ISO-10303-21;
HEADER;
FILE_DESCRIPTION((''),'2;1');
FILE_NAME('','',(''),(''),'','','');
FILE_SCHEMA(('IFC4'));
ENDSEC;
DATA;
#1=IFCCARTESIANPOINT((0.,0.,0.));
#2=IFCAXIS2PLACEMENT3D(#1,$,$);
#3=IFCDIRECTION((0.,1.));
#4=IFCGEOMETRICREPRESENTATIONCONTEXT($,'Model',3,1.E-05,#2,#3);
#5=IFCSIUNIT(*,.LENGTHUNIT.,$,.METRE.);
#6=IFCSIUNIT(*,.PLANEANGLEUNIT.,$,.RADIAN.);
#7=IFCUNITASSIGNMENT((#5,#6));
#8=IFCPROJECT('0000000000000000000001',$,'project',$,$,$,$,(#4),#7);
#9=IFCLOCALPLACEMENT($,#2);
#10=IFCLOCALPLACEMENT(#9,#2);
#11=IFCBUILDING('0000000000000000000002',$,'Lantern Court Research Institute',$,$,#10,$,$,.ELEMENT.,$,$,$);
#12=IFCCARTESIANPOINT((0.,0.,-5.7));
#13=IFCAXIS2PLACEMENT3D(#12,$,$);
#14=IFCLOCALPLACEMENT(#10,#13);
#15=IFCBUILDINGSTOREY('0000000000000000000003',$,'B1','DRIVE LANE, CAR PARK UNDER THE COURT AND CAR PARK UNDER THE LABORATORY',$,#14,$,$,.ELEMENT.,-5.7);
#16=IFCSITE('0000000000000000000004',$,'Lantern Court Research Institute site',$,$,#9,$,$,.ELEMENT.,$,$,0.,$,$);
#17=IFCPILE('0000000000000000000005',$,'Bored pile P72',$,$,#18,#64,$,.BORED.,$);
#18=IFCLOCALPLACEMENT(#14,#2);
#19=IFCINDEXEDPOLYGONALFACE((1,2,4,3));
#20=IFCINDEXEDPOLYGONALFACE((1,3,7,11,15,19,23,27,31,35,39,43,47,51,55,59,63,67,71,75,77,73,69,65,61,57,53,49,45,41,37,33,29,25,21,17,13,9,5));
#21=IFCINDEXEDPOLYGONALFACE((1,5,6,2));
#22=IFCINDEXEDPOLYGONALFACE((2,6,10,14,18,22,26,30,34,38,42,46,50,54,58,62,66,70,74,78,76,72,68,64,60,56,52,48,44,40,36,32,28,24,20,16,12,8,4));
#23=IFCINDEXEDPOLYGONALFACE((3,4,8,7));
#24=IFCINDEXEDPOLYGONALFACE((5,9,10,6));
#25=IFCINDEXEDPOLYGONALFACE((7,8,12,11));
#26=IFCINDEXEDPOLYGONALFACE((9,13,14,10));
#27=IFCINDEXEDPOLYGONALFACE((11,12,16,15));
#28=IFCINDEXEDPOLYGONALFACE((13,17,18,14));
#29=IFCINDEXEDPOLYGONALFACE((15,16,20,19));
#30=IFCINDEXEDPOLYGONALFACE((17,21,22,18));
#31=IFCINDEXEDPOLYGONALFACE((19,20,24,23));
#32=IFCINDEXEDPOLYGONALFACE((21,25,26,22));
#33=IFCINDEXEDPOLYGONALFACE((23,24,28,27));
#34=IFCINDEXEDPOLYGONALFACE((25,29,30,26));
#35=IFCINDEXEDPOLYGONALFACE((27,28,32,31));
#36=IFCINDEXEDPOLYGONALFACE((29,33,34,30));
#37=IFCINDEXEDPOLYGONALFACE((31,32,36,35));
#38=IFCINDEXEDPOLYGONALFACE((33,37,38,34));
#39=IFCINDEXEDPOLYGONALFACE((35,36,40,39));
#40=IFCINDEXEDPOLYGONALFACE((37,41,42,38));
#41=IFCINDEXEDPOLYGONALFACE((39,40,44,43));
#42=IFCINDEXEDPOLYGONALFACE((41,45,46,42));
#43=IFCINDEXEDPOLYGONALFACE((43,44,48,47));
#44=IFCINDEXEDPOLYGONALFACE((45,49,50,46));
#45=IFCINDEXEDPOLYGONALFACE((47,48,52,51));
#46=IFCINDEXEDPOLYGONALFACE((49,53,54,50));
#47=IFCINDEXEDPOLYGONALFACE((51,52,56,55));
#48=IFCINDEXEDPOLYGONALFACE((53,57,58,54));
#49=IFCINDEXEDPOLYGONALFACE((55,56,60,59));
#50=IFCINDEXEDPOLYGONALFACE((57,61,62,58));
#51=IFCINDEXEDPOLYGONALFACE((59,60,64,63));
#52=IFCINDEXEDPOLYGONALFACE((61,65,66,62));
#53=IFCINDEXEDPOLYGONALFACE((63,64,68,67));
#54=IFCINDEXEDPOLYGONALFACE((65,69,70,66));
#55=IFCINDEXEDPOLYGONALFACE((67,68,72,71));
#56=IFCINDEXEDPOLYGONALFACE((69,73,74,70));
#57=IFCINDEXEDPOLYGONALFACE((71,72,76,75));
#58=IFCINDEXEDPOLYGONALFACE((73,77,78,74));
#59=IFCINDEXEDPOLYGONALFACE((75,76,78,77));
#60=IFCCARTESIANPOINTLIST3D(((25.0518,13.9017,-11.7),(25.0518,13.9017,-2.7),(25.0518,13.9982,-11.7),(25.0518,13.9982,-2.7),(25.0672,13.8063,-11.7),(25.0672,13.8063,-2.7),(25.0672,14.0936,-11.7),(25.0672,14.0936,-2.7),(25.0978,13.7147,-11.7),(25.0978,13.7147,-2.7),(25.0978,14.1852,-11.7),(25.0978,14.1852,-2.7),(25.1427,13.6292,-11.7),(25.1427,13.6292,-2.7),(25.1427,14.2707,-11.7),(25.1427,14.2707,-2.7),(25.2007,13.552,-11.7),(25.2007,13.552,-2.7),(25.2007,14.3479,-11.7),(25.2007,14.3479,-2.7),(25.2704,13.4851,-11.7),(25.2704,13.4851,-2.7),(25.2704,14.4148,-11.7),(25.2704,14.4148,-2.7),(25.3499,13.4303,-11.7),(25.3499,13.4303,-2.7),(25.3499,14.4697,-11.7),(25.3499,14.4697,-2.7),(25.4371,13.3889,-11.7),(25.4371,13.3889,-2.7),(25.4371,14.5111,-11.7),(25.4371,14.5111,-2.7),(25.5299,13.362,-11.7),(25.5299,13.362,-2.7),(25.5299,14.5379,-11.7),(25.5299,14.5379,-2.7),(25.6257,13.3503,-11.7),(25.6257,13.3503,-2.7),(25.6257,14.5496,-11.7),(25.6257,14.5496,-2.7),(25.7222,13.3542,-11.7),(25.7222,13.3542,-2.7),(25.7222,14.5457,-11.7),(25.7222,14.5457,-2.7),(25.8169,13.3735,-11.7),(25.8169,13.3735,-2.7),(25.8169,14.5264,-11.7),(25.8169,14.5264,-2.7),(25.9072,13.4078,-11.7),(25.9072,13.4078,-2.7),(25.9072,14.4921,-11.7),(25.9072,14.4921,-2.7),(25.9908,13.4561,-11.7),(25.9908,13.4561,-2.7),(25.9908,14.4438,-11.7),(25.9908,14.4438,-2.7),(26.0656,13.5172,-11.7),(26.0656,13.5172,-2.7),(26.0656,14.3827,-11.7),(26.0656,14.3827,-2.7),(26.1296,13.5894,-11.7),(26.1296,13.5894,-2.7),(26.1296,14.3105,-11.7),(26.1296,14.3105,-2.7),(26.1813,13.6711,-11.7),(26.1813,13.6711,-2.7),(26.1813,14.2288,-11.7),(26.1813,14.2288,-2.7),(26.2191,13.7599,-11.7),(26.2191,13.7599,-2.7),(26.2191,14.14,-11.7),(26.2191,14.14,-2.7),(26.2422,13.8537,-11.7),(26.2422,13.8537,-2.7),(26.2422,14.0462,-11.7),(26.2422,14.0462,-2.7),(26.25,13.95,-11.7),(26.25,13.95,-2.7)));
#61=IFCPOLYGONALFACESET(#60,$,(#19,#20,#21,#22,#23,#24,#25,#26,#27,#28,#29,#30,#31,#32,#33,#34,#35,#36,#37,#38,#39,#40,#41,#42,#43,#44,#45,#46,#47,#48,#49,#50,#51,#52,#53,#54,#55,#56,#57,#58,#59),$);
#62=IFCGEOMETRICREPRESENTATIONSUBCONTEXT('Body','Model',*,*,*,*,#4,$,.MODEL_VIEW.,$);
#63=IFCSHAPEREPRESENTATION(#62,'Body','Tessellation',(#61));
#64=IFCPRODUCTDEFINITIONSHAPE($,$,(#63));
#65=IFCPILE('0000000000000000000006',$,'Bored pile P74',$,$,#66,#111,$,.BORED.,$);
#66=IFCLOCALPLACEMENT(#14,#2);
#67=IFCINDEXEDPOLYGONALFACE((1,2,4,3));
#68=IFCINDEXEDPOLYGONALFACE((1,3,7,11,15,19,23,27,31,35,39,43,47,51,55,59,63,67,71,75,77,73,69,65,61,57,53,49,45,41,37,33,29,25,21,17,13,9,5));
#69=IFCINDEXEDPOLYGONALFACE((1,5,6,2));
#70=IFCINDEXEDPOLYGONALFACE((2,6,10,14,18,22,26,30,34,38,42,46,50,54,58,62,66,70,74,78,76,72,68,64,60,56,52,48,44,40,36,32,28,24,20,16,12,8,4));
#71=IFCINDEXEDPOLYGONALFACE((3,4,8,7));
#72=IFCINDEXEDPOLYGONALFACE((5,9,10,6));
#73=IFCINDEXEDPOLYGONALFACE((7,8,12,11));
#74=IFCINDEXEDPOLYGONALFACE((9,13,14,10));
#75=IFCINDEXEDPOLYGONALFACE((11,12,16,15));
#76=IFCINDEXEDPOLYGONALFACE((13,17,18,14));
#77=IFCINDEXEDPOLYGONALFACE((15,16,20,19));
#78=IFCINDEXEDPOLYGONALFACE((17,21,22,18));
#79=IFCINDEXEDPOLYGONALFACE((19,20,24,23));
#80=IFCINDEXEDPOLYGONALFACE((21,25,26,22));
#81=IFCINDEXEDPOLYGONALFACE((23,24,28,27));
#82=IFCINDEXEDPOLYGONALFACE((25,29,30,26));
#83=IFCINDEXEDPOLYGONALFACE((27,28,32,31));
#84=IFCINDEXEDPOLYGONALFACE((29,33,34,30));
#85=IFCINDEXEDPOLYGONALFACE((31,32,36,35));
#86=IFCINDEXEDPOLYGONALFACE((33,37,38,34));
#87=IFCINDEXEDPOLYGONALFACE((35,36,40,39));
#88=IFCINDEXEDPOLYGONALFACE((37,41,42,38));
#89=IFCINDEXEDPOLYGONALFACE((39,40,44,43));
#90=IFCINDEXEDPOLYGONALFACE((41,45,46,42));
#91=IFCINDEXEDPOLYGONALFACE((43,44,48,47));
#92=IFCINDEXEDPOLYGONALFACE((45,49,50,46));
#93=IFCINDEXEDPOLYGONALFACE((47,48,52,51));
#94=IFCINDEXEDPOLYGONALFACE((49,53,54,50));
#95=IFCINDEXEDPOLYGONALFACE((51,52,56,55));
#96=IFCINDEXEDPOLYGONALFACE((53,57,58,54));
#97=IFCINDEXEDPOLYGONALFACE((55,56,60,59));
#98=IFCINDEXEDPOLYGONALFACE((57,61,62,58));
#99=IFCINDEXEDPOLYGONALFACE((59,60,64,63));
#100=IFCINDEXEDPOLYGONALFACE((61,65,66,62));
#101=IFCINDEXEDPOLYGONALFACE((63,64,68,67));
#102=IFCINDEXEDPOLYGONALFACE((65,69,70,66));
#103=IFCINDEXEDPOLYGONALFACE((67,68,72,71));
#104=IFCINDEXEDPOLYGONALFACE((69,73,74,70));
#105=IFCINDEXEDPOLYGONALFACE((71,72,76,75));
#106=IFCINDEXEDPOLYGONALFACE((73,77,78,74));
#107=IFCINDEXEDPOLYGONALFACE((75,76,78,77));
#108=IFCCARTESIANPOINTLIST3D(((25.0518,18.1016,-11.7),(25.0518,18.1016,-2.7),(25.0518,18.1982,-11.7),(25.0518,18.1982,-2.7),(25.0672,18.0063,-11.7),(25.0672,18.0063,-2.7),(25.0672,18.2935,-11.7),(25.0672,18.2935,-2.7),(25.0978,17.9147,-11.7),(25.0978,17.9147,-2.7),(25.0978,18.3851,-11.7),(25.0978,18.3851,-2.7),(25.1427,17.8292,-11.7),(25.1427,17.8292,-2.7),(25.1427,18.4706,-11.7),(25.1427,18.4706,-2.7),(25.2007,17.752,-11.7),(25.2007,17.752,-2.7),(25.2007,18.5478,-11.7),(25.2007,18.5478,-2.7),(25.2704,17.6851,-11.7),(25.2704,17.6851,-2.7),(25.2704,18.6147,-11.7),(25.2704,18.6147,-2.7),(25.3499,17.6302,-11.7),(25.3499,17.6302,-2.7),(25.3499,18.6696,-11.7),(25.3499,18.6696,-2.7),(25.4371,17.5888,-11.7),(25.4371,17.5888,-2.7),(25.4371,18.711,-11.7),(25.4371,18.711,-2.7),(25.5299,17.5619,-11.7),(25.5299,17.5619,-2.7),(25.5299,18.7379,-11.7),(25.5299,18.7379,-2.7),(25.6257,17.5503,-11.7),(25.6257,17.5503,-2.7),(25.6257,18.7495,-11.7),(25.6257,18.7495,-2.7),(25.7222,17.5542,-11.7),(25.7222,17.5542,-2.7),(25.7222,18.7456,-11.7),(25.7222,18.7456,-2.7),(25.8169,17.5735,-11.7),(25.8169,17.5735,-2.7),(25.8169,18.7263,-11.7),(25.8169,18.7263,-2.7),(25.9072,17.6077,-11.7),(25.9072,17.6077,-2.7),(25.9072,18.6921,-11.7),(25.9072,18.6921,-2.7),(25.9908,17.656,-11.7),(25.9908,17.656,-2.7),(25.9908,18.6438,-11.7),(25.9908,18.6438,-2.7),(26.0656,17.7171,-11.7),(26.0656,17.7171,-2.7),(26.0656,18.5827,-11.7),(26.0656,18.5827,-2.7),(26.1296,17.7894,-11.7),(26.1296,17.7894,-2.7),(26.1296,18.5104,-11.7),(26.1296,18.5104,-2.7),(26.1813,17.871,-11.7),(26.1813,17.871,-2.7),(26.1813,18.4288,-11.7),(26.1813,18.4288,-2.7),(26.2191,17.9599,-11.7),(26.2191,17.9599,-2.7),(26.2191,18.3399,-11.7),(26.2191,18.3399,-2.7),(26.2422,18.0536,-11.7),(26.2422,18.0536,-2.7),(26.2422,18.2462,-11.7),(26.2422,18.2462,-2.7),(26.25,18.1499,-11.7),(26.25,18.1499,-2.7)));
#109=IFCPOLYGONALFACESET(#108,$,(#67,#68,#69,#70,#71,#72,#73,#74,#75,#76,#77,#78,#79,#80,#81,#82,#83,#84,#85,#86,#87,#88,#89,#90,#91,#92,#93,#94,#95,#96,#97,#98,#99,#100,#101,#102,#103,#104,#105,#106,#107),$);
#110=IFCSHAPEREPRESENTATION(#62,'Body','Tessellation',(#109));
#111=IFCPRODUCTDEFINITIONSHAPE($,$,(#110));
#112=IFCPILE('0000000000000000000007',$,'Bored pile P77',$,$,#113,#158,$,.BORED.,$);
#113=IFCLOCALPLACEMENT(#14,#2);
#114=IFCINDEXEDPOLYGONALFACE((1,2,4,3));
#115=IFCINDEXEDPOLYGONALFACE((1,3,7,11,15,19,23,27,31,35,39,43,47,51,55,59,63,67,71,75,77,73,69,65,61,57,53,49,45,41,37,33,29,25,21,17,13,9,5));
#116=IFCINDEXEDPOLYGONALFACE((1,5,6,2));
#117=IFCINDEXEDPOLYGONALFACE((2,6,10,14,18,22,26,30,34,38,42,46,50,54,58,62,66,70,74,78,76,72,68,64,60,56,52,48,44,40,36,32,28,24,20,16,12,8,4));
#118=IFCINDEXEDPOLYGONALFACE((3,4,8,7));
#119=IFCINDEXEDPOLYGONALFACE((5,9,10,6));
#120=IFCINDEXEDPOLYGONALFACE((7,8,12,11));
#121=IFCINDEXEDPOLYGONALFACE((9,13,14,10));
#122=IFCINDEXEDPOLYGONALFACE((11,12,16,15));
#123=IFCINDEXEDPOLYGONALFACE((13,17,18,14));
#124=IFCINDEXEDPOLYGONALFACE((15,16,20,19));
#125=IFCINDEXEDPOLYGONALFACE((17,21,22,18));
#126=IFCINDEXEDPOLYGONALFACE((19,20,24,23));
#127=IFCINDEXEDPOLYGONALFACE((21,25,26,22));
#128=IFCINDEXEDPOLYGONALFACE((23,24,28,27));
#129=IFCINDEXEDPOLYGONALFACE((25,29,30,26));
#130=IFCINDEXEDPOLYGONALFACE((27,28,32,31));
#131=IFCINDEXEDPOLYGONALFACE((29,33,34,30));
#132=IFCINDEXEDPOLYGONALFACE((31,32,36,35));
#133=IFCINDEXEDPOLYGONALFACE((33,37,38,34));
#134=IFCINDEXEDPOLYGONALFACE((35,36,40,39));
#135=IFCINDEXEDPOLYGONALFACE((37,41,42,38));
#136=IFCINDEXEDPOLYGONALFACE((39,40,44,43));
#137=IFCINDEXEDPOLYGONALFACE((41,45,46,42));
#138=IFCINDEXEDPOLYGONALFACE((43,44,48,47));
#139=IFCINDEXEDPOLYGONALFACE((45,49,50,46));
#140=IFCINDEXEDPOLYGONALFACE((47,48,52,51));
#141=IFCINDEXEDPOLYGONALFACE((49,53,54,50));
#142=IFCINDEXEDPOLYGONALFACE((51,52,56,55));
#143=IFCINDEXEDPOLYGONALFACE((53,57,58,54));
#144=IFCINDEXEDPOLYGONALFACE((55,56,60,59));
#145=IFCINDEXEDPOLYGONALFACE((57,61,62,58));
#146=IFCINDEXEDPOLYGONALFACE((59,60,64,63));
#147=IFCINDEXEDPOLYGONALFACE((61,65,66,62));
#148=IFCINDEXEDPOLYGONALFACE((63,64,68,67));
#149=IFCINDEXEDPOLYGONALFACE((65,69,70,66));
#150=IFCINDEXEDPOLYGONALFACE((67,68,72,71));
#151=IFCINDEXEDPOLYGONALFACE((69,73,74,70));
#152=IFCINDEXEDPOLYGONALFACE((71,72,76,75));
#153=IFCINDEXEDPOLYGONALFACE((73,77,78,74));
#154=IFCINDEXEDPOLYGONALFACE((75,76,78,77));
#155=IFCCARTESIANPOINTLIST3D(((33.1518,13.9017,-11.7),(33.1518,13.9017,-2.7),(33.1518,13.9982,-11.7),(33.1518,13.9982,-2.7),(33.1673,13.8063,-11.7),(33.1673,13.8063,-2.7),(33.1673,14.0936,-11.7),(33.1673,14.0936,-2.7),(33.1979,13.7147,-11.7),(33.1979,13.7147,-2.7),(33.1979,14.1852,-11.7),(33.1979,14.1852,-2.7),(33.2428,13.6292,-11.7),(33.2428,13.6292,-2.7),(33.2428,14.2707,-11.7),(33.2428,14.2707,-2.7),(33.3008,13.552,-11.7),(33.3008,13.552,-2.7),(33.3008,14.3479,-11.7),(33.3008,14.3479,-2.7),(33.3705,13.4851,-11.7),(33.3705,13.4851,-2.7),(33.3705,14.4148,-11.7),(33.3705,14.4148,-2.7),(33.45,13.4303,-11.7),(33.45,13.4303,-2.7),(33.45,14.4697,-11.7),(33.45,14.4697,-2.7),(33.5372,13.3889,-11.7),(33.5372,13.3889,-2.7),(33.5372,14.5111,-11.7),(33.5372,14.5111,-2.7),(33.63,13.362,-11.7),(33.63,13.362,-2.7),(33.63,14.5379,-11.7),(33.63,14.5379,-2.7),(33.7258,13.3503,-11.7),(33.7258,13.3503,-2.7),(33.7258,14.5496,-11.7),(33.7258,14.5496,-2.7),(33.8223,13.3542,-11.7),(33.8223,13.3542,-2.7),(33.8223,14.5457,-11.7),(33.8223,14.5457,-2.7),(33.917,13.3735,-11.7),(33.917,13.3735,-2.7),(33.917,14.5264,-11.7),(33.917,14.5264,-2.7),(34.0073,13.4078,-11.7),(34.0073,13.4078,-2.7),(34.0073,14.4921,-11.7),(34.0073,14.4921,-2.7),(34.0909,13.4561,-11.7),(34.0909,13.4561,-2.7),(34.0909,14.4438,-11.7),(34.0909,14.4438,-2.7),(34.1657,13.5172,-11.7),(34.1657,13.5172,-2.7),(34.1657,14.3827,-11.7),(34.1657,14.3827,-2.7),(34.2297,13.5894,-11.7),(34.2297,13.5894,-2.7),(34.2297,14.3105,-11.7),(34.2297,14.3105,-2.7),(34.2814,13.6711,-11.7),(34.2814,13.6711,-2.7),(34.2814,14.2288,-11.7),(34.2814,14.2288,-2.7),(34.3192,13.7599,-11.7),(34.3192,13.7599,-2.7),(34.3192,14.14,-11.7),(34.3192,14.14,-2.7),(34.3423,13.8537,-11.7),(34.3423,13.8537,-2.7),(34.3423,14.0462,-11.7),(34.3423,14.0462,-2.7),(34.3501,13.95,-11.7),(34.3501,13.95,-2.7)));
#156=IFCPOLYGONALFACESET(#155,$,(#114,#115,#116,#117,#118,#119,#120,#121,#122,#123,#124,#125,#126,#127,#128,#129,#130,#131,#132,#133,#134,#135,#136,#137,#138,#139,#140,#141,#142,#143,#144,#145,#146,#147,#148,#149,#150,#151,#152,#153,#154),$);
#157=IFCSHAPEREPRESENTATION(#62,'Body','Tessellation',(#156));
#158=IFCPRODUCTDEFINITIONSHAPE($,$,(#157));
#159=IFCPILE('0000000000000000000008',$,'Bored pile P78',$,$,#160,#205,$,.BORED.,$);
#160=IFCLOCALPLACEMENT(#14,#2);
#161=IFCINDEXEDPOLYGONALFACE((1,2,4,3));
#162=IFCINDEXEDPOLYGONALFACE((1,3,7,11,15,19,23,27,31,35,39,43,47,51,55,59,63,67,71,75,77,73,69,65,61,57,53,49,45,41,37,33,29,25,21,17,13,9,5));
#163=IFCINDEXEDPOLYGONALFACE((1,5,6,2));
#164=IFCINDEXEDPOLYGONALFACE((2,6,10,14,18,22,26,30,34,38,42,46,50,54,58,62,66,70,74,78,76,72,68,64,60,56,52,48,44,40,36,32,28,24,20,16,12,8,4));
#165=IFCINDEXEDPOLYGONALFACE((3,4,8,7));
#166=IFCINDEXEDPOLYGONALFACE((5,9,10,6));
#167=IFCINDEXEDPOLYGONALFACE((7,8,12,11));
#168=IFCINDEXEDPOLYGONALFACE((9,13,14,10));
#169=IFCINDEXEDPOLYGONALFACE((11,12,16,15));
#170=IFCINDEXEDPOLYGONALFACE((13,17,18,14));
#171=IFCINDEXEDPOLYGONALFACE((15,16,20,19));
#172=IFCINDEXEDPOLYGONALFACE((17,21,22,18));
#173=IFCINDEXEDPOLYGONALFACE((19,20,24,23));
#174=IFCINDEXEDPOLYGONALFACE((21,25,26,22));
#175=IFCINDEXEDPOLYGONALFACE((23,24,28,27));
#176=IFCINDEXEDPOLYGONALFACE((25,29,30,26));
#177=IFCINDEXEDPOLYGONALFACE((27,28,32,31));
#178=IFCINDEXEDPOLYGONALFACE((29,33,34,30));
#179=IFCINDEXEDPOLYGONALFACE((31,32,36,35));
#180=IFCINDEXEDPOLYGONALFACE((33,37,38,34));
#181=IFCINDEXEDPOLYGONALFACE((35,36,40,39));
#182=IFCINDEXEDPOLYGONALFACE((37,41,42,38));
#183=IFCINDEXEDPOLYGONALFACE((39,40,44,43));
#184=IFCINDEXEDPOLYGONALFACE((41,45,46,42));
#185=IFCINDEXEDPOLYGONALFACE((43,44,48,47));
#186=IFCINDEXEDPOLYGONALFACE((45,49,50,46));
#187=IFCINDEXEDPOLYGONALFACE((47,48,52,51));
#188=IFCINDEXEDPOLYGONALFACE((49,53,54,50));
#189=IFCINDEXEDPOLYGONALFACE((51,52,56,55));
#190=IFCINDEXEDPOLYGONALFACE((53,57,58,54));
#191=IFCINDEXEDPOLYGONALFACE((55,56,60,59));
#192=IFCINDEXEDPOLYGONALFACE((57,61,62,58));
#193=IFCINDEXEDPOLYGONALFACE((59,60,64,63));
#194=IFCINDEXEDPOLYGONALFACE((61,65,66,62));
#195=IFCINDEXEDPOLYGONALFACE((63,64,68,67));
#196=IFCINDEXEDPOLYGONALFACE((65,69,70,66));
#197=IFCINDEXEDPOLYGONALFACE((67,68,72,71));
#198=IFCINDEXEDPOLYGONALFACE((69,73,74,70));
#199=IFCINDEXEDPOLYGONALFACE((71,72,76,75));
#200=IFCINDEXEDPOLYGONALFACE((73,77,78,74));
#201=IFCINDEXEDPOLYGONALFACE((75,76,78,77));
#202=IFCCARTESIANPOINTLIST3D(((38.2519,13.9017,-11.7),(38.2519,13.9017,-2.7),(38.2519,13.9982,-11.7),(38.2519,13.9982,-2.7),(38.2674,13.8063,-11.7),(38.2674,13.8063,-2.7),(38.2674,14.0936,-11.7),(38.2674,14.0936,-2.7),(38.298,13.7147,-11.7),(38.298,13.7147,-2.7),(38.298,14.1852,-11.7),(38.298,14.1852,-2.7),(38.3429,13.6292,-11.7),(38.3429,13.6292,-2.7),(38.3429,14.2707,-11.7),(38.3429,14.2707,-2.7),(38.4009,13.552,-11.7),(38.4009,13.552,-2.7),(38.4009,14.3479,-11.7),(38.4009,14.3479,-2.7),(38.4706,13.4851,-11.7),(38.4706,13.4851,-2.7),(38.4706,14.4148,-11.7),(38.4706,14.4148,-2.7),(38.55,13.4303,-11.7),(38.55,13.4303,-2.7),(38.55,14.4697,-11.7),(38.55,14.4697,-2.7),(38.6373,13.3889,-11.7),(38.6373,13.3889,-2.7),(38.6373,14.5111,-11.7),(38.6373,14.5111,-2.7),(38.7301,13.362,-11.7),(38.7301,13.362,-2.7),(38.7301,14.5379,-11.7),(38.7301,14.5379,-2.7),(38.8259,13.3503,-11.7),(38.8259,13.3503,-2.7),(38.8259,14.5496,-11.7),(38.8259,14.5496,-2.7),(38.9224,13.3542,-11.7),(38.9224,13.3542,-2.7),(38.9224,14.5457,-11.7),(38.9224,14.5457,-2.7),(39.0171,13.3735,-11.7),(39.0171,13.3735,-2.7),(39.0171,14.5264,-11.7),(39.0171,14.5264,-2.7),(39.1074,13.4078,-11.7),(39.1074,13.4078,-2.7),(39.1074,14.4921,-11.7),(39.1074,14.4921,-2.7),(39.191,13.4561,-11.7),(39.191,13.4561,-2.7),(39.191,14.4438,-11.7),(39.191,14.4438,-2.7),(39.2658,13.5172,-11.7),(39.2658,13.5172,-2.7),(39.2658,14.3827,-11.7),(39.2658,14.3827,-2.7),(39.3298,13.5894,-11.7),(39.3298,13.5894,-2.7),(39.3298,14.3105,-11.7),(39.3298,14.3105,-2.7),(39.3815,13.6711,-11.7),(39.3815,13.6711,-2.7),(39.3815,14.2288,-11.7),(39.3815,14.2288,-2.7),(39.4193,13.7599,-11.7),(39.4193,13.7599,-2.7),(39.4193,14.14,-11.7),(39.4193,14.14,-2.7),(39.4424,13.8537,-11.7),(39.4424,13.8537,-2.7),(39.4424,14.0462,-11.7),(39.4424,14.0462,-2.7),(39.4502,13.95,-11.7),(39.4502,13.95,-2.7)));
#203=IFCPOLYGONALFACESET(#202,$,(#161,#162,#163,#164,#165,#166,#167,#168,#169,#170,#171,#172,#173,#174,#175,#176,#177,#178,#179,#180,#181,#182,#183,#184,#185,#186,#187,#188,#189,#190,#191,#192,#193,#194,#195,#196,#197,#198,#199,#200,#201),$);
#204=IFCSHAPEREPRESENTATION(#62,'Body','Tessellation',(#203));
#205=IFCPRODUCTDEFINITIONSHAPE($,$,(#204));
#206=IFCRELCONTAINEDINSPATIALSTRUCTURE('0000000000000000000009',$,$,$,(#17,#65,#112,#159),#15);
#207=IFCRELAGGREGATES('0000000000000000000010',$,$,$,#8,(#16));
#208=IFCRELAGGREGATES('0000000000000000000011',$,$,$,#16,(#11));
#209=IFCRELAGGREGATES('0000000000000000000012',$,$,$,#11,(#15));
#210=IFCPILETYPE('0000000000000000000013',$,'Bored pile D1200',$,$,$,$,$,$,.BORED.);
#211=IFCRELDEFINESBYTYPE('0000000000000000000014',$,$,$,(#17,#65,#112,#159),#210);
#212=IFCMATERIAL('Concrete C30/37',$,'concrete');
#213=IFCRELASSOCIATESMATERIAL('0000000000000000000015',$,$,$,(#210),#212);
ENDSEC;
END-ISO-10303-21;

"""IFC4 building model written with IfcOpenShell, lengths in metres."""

from ifc_helpers import new_model, si_unit, direction, frame, origin, origin_2d, place, context, subcontext, project, spatial, circle, extrude, material, material_profile, profile_set, type_object, element, save


model = new_model("IFC4")

# Units and contexts
model_context = context("Model", 3, precision=1e-05, world=origin(), true_north=direction((0.0, 1.0)))
body_context = subcontext(model_context, "Body", "Model", "MODEL_VIEW")
ifc_project = project(units=[si_unit("LENGTHUNIT", "METRE"), si_unit("PLANEANGLEUNIT", "RADIAN")], contexts=[model_context])

# Site, building, storey
site_placement = place(None, origin())
site = spatial("IfcSite", under=ifc_project, at=site_placement, Name="Lantern Court Research Institute site", CompositionType="ELEMENT", RefElevation=0.0)
building_placement = place(site_placement, origin())
building = spatial("IfcBuilding", under=site, at=building_placement, Name="Lantern Court Research Institute", CompositionType="ELEMENT")
storey_placement = place(building_placement, frame((0.0, 0.0, -5.7)))
storey = spatial("IfcBuildingStorey", under=building, at=storey_placement, Name="B1", Description="DRIVE LANE, CAR PARK UNDER THE COURT AND CAR PARK UNDER THE LABORATORY", CompositionType="ELEMENT", Elevation=-5.7)

# Piles
ifc_material_1 = material(Name="Concrete C30/37", Category="concrete")
ifc_material_profile = material_profile(ifc_material_1, circle(Radius=0.6001, at=origin_2d()), Name="Bored pile D1200")
ifc_profile_set = profile_set([ifc_material_profile], Name="Concrete C30/37")
pile_type = type_object("IfcPileType", Name="Bored pile D1200", PredefinedType="BORED", material=ifc_profile_set)
for number, where, z_axis, x_axis, name in (
    (1, (25.6499, 13.95, -2.7), (0.0, 0.0, -1.0), (1.0, 0.0, 0.0), "Bored pile P72"),
    (2, (25.6499, 18.1499, -2.7), (0.0, 0.0, -1.0), (1.0, 0.0, 0.0), "Bored pile P74"),
    (3, (33.75, 13.95, -2.7), (0.0, 0.0, -1.0), (1.0, 0.0, 0.0), "Bored pile P77"),
    (4, (38.8501, 13.95, -2.7), (0.0, 0.0, -1.0), (1.0, 0.0, 0.0), "Bored pile P78"),
):
    element("IfcPile", number, at=place(storey_placement, frame(where, z_axis=z_axis, x_axis=x_axis)), inside=storey, type_object=pile_type, Name=name, PredefinedType="BORED", context=body_context, shape_type="SweptSolid", body=[
        extrude(circle(Radius=0.6001, at=origin_2d()), origin(), (0.0, 0.0, 1.0), 9.0),
    ])

save(model, "model.ifc")
